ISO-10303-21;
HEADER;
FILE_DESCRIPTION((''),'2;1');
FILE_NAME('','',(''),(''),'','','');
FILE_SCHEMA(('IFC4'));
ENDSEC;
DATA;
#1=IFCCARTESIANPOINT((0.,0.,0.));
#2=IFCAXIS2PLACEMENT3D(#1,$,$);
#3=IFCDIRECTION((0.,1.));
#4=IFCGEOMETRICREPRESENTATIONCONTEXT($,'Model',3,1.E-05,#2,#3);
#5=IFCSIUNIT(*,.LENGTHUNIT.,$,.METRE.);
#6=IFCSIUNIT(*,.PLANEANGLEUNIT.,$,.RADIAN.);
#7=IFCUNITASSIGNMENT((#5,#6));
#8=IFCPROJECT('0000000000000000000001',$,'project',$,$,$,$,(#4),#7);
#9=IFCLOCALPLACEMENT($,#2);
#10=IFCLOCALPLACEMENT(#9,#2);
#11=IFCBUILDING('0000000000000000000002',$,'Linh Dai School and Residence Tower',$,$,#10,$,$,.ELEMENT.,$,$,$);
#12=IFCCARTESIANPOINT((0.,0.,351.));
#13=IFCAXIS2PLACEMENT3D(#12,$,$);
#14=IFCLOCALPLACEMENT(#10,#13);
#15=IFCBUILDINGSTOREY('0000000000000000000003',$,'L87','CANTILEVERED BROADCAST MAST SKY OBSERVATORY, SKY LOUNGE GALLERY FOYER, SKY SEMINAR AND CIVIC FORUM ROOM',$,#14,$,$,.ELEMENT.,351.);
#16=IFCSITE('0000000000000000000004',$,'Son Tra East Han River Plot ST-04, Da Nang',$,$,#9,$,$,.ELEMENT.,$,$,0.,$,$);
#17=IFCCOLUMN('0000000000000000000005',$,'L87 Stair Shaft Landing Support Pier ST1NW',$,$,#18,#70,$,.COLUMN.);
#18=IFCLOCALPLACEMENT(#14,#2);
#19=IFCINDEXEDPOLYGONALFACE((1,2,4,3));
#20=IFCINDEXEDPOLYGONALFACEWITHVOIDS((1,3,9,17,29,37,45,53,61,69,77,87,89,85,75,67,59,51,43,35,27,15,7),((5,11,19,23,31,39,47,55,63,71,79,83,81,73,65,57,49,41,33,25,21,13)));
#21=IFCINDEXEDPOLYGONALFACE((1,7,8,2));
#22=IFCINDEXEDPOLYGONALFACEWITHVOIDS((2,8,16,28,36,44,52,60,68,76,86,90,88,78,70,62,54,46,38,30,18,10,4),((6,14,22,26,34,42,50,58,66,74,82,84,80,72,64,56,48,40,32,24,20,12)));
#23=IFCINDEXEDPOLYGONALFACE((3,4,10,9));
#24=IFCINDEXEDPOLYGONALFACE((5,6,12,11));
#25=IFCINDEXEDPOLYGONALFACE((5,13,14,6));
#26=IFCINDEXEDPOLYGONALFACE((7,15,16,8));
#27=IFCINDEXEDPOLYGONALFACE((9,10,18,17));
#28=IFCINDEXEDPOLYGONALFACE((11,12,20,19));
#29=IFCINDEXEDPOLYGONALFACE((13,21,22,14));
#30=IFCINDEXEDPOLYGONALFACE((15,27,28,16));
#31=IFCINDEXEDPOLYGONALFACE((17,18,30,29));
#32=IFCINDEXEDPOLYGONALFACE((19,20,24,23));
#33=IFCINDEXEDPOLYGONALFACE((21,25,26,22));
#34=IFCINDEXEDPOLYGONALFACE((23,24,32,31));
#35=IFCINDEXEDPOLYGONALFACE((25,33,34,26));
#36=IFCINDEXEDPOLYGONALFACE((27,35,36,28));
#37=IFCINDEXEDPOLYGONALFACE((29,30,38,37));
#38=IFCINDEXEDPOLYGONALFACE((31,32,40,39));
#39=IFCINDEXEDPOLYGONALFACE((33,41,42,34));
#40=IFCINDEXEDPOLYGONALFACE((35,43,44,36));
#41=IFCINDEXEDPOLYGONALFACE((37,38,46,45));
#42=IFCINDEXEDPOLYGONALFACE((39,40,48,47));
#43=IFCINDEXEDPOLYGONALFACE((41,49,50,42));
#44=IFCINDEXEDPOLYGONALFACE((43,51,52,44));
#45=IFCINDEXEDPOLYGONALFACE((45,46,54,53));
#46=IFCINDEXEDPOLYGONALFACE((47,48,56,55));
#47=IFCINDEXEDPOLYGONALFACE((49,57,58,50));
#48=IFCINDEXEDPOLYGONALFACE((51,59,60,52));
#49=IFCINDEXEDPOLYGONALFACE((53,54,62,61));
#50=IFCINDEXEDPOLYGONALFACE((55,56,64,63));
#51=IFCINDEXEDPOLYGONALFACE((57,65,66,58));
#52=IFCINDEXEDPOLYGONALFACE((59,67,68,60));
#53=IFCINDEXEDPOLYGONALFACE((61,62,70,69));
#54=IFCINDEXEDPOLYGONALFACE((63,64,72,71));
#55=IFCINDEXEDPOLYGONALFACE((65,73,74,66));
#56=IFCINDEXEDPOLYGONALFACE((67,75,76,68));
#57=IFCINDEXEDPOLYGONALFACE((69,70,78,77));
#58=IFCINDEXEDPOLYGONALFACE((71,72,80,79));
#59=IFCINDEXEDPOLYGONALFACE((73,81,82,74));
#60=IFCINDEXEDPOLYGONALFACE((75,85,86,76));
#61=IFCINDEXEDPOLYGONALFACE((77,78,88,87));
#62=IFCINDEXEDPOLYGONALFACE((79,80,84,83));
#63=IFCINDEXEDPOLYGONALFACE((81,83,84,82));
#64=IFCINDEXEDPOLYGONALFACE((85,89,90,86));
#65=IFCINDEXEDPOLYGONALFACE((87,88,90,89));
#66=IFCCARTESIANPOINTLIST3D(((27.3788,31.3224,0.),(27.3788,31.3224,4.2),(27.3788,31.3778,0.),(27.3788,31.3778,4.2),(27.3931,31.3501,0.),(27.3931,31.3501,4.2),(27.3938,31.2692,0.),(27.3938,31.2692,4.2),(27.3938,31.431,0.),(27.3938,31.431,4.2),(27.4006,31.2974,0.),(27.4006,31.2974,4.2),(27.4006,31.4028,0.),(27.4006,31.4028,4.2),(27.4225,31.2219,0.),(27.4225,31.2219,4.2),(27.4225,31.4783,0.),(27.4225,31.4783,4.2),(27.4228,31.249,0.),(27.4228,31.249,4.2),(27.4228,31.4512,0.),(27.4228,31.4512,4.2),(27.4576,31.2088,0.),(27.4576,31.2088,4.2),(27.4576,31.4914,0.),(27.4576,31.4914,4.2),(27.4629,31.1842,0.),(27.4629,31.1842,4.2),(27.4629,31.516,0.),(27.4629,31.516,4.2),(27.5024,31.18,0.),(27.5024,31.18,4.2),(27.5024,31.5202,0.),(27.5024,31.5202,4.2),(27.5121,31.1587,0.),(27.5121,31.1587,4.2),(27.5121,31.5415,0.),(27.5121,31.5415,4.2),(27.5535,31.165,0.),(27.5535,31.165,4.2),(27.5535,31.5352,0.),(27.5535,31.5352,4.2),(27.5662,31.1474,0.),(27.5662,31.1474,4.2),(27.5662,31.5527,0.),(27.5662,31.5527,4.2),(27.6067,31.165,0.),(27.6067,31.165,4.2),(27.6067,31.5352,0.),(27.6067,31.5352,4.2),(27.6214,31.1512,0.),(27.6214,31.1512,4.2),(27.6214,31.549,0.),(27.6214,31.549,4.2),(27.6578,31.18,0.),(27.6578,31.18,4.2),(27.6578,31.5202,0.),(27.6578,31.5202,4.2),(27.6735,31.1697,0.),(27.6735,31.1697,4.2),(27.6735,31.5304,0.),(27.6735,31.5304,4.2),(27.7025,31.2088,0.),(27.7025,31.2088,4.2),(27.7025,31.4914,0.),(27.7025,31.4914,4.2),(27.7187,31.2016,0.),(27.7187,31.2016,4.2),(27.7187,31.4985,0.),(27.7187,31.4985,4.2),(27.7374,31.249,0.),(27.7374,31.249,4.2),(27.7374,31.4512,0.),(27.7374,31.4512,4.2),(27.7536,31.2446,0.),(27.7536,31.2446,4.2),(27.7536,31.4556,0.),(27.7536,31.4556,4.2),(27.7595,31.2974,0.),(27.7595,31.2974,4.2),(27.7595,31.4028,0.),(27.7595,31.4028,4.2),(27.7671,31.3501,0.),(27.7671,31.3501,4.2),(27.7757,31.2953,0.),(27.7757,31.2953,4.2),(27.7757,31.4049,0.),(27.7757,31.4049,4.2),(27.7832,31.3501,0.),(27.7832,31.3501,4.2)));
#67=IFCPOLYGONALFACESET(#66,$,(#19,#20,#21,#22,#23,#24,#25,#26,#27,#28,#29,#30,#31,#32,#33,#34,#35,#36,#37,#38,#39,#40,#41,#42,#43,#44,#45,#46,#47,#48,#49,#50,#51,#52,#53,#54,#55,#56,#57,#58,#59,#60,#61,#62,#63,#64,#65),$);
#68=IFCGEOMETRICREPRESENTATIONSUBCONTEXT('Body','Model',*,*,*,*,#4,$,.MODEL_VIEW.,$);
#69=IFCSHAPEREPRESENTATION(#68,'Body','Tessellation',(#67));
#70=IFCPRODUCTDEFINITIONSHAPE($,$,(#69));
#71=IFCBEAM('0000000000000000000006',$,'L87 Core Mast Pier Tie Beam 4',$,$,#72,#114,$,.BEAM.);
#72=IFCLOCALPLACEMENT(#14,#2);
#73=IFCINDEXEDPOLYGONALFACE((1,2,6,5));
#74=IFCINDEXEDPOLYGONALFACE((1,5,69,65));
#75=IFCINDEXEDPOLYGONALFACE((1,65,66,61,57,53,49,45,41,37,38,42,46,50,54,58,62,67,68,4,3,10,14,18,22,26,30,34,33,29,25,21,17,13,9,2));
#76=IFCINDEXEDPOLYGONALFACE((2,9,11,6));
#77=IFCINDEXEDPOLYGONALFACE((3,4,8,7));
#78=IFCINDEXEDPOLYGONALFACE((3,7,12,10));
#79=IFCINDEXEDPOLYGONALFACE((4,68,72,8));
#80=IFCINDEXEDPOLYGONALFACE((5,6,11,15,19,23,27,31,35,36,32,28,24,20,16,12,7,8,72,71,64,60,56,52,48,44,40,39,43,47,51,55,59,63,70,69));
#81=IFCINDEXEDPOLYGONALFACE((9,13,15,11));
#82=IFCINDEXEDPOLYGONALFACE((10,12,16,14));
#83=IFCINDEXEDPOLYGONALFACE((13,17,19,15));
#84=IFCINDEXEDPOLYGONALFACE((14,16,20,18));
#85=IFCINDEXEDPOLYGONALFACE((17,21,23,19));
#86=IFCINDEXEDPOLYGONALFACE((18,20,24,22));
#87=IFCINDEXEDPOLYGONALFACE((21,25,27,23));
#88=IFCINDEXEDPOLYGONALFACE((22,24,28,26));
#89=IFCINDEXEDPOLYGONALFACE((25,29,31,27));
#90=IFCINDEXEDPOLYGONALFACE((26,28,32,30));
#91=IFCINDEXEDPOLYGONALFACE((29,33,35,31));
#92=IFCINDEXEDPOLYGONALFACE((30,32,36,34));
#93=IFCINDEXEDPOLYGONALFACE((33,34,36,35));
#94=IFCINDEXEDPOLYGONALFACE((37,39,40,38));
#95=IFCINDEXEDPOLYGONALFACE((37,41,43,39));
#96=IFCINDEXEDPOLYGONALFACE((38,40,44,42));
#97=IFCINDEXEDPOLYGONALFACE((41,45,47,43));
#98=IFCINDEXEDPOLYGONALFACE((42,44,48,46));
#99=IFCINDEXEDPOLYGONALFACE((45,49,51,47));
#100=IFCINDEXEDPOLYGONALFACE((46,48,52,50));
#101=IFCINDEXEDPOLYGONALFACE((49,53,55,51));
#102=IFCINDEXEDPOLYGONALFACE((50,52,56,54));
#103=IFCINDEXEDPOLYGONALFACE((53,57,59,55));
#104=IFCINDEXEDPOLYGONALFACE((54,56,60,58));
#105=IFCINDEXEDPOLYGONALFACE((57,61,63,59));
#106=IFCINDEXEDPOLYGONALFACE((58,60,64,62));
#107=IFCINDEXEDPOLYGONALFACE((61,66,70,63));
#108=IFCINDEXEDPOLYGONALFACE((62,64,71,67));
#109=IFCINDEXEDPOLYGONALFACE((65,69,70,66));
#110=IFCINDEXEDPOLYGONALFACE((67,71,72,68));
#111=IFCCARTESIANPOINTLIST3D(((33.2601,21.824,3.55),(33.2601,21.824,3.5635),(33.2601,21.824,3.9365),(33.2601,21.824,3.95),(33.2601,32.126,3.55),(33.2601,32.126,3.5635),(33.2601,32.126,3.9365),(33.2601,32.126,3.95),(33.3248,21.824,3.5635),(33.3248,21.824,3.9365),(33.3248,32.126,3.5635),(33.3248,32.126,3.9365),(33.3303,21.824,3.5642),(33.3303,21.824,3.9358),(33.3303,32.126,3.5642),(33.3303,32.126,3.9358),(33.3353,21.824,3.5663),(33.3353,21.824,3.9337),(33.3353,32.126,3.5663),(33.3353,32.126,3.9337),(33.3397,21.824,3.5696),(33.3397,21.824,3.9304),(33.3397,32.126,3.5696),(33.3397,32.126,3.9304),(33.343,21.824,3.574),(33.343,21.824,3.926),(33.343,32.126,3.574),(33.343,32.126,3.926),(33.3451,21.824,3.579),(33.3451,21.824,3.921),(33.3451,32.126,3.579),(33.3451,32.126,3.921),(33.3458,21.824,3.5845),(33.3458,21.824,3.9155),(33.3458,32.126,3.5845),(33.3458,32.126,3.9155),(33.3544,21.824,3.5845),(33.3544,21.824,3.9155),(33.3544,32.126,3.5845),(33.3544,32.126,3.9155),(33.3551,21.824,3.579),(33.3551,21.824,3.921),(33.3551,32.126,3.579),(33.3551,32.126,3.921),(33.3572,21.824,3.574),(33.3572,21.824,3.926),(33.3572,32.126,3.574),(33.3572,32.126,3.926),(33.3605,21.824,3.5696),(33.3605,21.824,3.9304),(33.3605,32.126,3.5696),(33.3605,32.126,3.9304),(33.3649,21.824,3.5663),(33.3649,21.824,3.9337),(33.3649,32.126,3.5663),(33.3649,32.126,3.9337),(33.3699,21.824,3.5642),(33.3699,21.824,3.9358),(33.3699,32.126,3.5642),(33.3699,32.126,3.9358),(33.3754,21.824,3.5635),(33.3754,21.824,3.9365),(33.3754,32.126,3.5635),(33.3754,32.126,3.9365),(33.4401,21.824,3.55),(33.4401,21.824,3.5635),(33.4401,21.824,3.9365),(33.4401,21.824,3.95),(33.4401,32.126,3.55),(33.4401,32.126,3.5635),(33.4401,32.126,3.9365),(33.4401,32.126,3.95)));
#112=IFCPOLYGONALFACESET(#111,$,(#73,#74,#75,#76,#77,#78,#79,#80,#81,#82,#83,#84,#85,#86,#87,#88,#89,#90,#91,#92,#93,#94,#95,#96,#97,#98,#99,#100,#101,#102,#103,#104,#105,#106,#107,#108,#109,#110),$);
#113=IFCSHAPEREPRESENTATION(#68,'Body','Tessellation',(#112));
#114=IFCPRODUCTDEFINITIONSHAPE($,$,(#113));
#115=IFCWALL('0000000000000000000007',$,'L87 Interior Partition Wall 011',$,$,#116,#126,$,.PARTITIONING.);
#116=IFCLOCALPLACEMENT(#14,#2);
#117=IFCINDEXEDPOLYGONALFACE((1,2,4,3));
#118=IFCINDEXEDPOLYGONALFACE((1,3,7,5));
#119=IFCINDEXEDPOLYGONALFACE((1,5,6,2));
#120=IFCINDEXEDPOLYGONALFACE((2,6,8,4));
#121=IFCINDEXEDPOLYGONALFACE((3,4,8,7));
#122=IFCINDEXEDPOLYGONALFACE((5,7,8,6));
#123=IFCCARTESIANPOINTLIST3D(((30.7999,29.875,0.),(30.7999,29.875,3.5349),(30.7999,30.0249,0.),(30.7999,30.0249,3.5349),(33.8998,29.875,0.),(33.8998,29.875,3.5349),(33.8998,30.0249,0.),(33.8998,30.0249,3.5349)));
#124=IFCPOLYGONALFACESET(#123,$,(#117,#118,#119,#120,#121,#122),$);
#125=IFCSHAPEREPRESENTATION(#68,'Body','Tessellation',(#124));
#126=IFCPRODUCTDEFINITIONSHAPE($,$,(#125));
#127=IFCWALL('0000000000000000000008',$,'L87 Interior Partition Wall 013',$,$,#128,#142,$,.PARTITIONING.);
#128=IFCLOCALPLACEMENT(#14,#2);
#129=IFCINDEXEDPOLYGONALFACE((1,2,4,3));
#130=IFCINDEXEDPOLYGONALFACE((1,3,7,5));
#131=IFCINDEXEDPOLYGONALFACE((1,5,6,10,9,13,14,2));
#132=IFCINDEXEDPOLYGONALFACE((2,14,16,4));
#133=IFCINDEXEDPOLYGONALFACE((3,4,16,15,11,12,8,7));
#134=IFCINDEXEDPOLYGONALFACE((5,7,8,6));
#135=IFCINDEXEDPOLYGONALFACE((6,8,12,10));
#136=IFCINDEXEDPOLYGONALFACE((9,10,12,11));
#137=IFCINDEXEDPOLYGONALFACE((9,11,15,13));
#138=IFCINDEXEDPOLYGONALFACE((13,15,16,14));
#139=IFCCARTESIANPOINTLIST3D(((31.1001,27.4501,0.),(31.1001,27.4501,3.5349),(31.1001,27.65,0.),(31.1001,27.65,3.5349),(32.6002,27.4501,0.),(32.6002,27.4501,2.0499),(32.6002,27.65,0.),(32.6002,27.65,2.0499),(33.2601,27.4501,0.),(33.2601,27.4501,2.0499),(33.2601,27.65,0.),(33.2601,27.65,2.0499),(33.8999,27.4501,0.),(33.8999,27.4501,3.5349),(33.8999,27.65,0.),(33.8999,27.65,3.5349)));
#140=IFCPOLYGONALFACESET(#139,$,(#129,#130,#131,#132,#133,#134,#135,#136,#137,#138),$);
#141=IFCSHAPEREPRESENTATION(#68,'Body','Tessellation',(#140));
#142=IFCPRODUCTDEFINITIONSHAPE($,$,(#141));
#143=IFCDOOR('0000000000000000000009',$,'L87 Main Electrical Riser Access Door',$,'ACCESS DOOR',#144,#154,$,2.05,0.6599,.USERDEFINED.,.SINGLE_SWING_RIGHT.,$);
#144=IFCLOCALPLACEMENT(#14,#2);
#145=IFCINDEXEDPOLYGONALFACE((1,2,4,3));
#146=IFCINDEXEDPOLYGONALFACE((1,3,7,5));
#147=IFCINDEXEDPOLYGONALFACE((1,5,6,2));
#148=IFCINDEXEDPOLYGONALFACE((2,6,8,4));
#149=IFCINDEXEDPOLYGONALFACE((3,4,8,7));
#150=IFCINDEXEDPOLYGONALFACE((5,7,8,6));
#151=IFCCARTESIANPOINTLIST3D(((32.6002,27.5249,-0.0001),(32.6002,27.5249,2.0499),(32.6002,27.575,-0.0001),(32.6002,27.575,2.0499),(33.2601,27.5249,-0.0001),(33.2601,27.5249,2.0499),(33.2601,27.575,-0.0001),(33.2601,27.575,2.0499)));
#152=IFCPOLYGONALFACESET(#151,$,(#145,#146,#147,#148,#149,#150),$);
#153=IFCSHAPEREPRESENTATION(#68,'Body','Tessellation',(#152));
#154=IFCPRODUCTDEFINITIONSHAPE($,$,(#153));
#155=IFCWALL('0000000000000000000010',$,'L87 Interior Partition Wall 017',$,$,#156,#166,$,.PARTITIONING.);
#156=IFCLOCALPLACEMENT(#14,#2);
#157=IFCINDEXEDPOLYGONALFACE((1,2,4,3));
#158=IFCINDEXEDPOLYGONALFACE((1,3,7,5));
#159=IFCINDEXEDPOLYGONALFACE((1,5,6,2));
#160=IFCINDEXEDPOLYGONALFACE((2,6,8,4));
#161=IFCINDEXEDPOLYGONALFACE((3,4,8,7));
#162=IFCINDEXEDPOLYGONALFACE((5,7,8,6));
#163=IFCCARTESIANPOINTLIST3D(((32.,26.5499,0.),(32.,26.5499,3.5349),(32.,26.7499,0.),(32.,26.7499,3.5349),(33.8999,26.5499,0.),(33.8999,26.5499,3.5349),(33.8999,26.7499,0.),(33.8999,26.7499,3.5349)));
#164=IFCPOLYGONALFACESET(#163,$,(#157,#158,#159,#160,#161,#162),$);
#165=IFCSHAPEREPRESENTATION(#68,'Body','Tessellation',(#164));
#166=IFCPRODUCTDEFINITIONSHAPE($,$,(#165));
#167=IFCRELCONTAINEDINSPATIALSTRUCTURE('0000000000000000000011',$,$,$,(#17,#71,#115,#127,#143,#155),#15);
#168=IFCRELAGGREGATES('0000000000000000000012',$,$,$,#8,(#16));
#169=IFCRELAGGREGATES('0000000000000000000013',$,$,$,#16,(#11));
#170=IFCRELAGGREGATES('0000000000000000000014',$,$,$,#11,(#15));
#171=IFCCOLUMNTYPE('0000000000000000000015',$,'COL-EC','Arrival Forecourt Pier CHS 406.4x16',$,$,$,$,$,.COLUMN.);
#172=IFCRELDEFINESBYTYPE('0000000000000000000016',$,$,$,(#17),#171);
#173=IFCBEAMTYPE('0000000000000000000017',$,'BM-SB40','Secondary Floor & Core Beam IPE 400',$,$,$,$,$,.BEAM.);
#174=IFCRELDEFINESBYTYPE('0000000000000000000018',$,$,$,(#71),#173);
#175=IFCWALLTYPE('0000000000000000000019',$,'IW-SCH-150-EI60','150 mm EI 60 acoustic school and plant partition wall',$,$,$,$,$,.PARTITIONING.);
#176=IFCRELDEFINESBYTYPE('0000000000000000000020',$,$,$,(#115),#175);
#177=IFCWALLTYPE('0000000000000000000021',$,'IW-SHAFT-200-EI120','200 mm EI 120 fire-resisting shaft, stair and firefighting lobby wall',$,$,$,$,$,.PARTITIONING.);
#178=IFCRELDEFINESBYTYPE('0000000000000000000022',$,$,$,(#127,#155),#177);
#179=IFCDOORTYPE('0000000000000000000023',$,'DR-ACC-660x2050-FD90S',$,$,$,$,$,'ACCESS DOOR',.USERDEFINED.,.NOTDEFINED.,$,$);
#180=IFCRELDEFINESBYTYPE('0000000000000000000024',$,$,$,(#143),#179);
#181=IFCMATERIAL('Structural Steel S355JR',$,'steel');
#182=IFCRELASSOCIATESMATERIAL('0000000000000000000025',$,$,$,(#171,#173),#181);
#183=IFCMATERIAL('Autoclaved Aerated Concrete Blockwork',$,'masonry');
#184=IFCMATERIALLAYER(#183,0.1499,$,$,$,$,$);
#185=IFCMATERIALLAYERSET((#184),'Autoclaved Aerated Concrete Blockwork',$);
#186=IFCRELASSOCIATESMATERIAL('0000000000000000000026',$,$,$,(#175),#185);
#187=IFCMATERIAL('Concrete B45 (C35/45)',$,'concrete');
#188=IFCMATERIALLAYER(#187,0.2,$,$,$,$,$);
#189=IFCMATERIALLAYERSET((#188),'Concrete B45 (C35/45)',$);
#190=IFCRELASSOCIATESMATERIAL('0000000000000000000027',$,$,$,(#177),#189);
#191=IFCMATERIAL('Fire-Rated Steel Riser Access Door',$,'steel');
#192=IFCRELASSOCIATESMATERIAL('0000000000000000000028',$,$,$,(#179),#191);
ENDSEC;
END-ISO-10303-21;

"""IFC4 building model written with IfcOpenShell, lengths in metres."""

from ifc_helpers import new_model, si_unit, direction, frame, frame_2d, origin, origin_2d, place, context, subcontext, project, spatial, rectangle, hollow_circle, i_section, extrude, source, transform, mapped, material, layer, layer_set, material_profile, profile_set, type_object, element, fill, save


model = new_model("IFC4")

# Units and contexts
model_context = context("Model", 3, precision=1e-05, world=origin(), true_north=direction((0.0, 1.0)))
body_context = subcontext(model_context, "Body", "Model", "MODEL_VIEW")
ifc_project = project(units=[si_unit("LENGTHUNIT", "METRE"), si_unit("PLANEANGLEUNIT", "RADIAN")], contexts=[model_context])

# Site, building, storey
site_placement = place(None, origin())
site = spatial("IfcSite", under=ifc_project, at=site_placement, Name="Son Tra East Han River Plot ST-04, Da Nang", CompositionType="ELEMENT", RefElevation=0.0)
building_placement = place(site_placement, origin())
building = spatial("IfcBuilding", under=site, at=building_placement, Name="Linh Dai School and Residence Tower", CompositionType="ELEMENT")
storey_placement = place(building_placement, frame((0.0, 0.0, 351.0)))
storey = spatial("IfcBuildingStorey", under=building, at=storey_placement, Name="L87", Description="CANTILEVERED BROADCAST MAST SKY OBSERVATORY, SKY LOUNGE GALLERY FOYER, SKY SEMINAR AND CIVIC FORUM ROOM", CompositionType="ELEMENT", Elevation=351.0)

# Column
ifc_material_1 = material(Name="Structural Steel S355JR", Category="steel")
ifc_material_profile_1 = material_profile(ifc_material_1, hollow_circle(Radius=0.2031, WallThickness=0.0161, at=origin_2d()), Name="CHS 406.4x16")
ifc_profile_set_1 = profile_set([ifc_material_profile_1], Name="Structural Steel S355JR")
column_type = type_object("IfcColumnType", Name="COL-EC", Description="Arrival Forecourt Pier CHS 406.4x16", PredefinedType="COLUMN", material=ifc_profile_set_1)
column_placement = place(storey_placement, frame((27.5801, 31.3501, 0.0), z_axis=(0.0, 0.0, 1.0), x_axis=(1.0, 0.0, 0.0)))
element("IfcColumn", 1, at=column_placement, inside=storey, type_object=column_type, Name="L87 Stair Shaft Landing Support Pier ST1NW", PredefinedType="COLUMN", context=body_context, shape_type="SweptSolid", body=[
    extrude(hollow_circle(Radius=0.2031, WallThickness=0.0161, at=origin_2d()), origin(), (0.0, 0.0, 1.0), 4.2),
])

# Beam
ifc_material_profile_2 = material_profile(ifc_material_1, i_section(OverallWidth=0.1799, OverallDepth=0.3999, WebThickness=0.0085, FlangeThickness=0.0134, FilletRadius=0.021, at=origin_2d()), Name="IPE 400")
ifc_profile_set_2 = profile_set([ifc_material_profile_2], Name="Structural Steel S355JR")
beam_type = type_object("IfcBeamType", Name="BM-SB40", Description="Secondary Floor & Core Beam IPE 400", PredefinedType="BEAM", material=ifc_profile_set_2)
beam_placement = place(storey_placement, frame((33.3501, 32.126, 3.75), z_axis=(0.0, -1.0, 0.0), x_axis=(1.0, 0.0, 0.0)))
element("IfcBeam", 2, at=beam_placement, inside=storey, type_object=beam_type, Name="L87 Core Mast Pier Tie Beam 4", PredefinedType="BEAM", context=body_context, shape_type="SweptSolid", body=[
    extrude(i_section(OverallWidth=0.1799, OverallDepth=0.3999, WebThickness=0.0085, FlangeThickness=0.0134, FilletRadius=0.021, at=origin_2d()), origin(), (0.0, 0.0, 1.0), 10.302),
])

# Shared definitions
ifc_material_2 = material(Name="Autoclaved Aerated Concrete Blockwork", Category="masonry")

# Wall
ifc_layer_1 = layer(ifc_material_2, 0.1499)
ifc_layer_set_1 = layer_set([ifc_layer_1], Name="Autoclaved Aerated Concrete Blockwork")
wall_type_1 = type_object("IfcWallType", Name="IW-SCH-150-EI60", Description="150 mm EI 60 acoustic school and plant partition wall", PredefinedType="PARTITIONING", material=ifc_layer_set_1)
wall_1_placement = place(storey_placement, frame((30.8, 29.95, 0.0), z_axis=(0.0, 0.0, 1.0), x_axis=(1.0, 0.0, 0.0)))
element("IfcWall", 3, at=wall_1_placement, inside=storey, type_object=wall_type_1, Name="L87 Interior Partition Wall 011", PredefinedType="PARTITIONING", context=body_context, shape_type="SweptSolid", body=[
    extrude(rectangle(XDim=3.0999, YDim=0.1499, at=frame_2d((1.5498, 0.0))), origin(), (0.0, 0.0, 1.0), 3.5349),
])

# Wall, opening, door
ifc_material_3 = material(Name="Concrete B45 (C35/45)", Category="concrete")
ifc_layer_2 = layer(ifc_material_3, 0.2)
ifc_layer_set_2 = layer_set([ifc_layer_2], Name="Concrete B45 (C35/45)")
wall_type_2 = type_object("IfcWallType", Name="IW-SHAFT-200-EI120", Description="200 mm EI 120 fire-resisting shaft, stair and firefighting lobby wall", PredefinedType="PARTITIONING", material=ifc_layer_set_2)
wall_2_placement = place(storey_placement, frame((31.1001, 27.55, 0.0), z_axis=(0.0, 0.0, 1.0), x_axis=(1.0, 0.0, 0.0)))
wall_2 = element("IfcWall", 4, at=wall_2_placement, inside=storey, type_object=wall_type_2, Name="L87 Interior Partition Wall 013", PredefinedType="PARTITIONING", context=body_context, shape_type="SweptSolid", body=[
    extrude(rectangle(XDim=2.7998, YDim=0.2, at=frame_2d((1.3999, 0.0))), origin(), (0.0, 0.0, 1.0), 3.5349),
])
opening_1_placement = place(wall_2_placement, frame((1.5, 0.0, 0.0)))
opening_1 = element("IfcOpeningElement", 5, at=opening_1_placement, cuts=wall_2, PredefinedType="OPENING", context=body_context, shape_type="SweptSolid", body=[
    extrude(rectangle(XDim=0.6599, YDim=2.05, at=origin_2d()), frame((0.3301, 0.1099, 1.0249), z_axis=(0.0, -1.0, 0.0), x_axis=(1.0, 0.0, 0.0)), (0.0, 0.0, 1.0), 0.22),
])
ifc_material_4 = material(Name="Fire-Rated Steel Riser Access Door", Category="steel")
door_type_1 = type_object("IfcDoorType", Name="DR-ACC-660x2050-FD90S", ElementType="ACCESS DOOR", OperationType="NOTDEFINED", PredefinedType="USERDEFINED", material=ifc_material_4)
shared_shape_1 = source(origin(), body_context, "Body", "SweptSolid", [
    extrude(rectangle(XDim=0.6599, YDim=2.05, at=origin_2d()), frame((0.3301, 0.0249, 1.0249), z_axis=(0.0, -1.0, 0.0), x_axis=(1.0, 0.0, 0.0)), (0.0, 0.0, 1.0), 0.05),
])
door_1_placement = place(opening_1_placement, origin())
door_1 = element("IfcDoor", 6, at=door_1_placement, inside=storey, type_object=door_type_1, Name="L87 Main Electrical Riser Access Door", ObjectType="ACCESS DOOR", OperationType="SINGLE_SWING_RIGHT", OverallHeight=2.05, OverallWidth=0.6599, PredefinedType="USERDEFINED", context=body_context, shape_type="MappedRepresentation", body=[
    mapped(shared_shape_1, transform((0.0, 0.0, 0.0), x_axis=(1.0, 0.0, 0.0), y_axis=(0.0, 1.0, 0.0), z_axis=(0.0, 0.0, 1.0), scale=1.0)),
])
fill(opening_1, door_1)

# Wall
wall_3_placement = place(storey_placement, frame((32.0, 26.6499, 0.0), z_axis=(0.0, 0.0, 1.0), x_axis=(1.0, 0.0, 0.0)))
element("IfcWall", 7, at=wall_3_placement, inside=storey, type_object=wall_type_2, Name="L87 Interior Partition Wall 017", PredefinedType="PARTITIONING", context=body_context, shape_type="SweptSolid", body=[
    extrude(rectangle(XDim=1.8999, YDim=0.2, at=frame_2d((0.95, 0.0))), origin(), (0.0, 0.0, 1.0), 3.5349),
])

save(model, "model.ifc")
